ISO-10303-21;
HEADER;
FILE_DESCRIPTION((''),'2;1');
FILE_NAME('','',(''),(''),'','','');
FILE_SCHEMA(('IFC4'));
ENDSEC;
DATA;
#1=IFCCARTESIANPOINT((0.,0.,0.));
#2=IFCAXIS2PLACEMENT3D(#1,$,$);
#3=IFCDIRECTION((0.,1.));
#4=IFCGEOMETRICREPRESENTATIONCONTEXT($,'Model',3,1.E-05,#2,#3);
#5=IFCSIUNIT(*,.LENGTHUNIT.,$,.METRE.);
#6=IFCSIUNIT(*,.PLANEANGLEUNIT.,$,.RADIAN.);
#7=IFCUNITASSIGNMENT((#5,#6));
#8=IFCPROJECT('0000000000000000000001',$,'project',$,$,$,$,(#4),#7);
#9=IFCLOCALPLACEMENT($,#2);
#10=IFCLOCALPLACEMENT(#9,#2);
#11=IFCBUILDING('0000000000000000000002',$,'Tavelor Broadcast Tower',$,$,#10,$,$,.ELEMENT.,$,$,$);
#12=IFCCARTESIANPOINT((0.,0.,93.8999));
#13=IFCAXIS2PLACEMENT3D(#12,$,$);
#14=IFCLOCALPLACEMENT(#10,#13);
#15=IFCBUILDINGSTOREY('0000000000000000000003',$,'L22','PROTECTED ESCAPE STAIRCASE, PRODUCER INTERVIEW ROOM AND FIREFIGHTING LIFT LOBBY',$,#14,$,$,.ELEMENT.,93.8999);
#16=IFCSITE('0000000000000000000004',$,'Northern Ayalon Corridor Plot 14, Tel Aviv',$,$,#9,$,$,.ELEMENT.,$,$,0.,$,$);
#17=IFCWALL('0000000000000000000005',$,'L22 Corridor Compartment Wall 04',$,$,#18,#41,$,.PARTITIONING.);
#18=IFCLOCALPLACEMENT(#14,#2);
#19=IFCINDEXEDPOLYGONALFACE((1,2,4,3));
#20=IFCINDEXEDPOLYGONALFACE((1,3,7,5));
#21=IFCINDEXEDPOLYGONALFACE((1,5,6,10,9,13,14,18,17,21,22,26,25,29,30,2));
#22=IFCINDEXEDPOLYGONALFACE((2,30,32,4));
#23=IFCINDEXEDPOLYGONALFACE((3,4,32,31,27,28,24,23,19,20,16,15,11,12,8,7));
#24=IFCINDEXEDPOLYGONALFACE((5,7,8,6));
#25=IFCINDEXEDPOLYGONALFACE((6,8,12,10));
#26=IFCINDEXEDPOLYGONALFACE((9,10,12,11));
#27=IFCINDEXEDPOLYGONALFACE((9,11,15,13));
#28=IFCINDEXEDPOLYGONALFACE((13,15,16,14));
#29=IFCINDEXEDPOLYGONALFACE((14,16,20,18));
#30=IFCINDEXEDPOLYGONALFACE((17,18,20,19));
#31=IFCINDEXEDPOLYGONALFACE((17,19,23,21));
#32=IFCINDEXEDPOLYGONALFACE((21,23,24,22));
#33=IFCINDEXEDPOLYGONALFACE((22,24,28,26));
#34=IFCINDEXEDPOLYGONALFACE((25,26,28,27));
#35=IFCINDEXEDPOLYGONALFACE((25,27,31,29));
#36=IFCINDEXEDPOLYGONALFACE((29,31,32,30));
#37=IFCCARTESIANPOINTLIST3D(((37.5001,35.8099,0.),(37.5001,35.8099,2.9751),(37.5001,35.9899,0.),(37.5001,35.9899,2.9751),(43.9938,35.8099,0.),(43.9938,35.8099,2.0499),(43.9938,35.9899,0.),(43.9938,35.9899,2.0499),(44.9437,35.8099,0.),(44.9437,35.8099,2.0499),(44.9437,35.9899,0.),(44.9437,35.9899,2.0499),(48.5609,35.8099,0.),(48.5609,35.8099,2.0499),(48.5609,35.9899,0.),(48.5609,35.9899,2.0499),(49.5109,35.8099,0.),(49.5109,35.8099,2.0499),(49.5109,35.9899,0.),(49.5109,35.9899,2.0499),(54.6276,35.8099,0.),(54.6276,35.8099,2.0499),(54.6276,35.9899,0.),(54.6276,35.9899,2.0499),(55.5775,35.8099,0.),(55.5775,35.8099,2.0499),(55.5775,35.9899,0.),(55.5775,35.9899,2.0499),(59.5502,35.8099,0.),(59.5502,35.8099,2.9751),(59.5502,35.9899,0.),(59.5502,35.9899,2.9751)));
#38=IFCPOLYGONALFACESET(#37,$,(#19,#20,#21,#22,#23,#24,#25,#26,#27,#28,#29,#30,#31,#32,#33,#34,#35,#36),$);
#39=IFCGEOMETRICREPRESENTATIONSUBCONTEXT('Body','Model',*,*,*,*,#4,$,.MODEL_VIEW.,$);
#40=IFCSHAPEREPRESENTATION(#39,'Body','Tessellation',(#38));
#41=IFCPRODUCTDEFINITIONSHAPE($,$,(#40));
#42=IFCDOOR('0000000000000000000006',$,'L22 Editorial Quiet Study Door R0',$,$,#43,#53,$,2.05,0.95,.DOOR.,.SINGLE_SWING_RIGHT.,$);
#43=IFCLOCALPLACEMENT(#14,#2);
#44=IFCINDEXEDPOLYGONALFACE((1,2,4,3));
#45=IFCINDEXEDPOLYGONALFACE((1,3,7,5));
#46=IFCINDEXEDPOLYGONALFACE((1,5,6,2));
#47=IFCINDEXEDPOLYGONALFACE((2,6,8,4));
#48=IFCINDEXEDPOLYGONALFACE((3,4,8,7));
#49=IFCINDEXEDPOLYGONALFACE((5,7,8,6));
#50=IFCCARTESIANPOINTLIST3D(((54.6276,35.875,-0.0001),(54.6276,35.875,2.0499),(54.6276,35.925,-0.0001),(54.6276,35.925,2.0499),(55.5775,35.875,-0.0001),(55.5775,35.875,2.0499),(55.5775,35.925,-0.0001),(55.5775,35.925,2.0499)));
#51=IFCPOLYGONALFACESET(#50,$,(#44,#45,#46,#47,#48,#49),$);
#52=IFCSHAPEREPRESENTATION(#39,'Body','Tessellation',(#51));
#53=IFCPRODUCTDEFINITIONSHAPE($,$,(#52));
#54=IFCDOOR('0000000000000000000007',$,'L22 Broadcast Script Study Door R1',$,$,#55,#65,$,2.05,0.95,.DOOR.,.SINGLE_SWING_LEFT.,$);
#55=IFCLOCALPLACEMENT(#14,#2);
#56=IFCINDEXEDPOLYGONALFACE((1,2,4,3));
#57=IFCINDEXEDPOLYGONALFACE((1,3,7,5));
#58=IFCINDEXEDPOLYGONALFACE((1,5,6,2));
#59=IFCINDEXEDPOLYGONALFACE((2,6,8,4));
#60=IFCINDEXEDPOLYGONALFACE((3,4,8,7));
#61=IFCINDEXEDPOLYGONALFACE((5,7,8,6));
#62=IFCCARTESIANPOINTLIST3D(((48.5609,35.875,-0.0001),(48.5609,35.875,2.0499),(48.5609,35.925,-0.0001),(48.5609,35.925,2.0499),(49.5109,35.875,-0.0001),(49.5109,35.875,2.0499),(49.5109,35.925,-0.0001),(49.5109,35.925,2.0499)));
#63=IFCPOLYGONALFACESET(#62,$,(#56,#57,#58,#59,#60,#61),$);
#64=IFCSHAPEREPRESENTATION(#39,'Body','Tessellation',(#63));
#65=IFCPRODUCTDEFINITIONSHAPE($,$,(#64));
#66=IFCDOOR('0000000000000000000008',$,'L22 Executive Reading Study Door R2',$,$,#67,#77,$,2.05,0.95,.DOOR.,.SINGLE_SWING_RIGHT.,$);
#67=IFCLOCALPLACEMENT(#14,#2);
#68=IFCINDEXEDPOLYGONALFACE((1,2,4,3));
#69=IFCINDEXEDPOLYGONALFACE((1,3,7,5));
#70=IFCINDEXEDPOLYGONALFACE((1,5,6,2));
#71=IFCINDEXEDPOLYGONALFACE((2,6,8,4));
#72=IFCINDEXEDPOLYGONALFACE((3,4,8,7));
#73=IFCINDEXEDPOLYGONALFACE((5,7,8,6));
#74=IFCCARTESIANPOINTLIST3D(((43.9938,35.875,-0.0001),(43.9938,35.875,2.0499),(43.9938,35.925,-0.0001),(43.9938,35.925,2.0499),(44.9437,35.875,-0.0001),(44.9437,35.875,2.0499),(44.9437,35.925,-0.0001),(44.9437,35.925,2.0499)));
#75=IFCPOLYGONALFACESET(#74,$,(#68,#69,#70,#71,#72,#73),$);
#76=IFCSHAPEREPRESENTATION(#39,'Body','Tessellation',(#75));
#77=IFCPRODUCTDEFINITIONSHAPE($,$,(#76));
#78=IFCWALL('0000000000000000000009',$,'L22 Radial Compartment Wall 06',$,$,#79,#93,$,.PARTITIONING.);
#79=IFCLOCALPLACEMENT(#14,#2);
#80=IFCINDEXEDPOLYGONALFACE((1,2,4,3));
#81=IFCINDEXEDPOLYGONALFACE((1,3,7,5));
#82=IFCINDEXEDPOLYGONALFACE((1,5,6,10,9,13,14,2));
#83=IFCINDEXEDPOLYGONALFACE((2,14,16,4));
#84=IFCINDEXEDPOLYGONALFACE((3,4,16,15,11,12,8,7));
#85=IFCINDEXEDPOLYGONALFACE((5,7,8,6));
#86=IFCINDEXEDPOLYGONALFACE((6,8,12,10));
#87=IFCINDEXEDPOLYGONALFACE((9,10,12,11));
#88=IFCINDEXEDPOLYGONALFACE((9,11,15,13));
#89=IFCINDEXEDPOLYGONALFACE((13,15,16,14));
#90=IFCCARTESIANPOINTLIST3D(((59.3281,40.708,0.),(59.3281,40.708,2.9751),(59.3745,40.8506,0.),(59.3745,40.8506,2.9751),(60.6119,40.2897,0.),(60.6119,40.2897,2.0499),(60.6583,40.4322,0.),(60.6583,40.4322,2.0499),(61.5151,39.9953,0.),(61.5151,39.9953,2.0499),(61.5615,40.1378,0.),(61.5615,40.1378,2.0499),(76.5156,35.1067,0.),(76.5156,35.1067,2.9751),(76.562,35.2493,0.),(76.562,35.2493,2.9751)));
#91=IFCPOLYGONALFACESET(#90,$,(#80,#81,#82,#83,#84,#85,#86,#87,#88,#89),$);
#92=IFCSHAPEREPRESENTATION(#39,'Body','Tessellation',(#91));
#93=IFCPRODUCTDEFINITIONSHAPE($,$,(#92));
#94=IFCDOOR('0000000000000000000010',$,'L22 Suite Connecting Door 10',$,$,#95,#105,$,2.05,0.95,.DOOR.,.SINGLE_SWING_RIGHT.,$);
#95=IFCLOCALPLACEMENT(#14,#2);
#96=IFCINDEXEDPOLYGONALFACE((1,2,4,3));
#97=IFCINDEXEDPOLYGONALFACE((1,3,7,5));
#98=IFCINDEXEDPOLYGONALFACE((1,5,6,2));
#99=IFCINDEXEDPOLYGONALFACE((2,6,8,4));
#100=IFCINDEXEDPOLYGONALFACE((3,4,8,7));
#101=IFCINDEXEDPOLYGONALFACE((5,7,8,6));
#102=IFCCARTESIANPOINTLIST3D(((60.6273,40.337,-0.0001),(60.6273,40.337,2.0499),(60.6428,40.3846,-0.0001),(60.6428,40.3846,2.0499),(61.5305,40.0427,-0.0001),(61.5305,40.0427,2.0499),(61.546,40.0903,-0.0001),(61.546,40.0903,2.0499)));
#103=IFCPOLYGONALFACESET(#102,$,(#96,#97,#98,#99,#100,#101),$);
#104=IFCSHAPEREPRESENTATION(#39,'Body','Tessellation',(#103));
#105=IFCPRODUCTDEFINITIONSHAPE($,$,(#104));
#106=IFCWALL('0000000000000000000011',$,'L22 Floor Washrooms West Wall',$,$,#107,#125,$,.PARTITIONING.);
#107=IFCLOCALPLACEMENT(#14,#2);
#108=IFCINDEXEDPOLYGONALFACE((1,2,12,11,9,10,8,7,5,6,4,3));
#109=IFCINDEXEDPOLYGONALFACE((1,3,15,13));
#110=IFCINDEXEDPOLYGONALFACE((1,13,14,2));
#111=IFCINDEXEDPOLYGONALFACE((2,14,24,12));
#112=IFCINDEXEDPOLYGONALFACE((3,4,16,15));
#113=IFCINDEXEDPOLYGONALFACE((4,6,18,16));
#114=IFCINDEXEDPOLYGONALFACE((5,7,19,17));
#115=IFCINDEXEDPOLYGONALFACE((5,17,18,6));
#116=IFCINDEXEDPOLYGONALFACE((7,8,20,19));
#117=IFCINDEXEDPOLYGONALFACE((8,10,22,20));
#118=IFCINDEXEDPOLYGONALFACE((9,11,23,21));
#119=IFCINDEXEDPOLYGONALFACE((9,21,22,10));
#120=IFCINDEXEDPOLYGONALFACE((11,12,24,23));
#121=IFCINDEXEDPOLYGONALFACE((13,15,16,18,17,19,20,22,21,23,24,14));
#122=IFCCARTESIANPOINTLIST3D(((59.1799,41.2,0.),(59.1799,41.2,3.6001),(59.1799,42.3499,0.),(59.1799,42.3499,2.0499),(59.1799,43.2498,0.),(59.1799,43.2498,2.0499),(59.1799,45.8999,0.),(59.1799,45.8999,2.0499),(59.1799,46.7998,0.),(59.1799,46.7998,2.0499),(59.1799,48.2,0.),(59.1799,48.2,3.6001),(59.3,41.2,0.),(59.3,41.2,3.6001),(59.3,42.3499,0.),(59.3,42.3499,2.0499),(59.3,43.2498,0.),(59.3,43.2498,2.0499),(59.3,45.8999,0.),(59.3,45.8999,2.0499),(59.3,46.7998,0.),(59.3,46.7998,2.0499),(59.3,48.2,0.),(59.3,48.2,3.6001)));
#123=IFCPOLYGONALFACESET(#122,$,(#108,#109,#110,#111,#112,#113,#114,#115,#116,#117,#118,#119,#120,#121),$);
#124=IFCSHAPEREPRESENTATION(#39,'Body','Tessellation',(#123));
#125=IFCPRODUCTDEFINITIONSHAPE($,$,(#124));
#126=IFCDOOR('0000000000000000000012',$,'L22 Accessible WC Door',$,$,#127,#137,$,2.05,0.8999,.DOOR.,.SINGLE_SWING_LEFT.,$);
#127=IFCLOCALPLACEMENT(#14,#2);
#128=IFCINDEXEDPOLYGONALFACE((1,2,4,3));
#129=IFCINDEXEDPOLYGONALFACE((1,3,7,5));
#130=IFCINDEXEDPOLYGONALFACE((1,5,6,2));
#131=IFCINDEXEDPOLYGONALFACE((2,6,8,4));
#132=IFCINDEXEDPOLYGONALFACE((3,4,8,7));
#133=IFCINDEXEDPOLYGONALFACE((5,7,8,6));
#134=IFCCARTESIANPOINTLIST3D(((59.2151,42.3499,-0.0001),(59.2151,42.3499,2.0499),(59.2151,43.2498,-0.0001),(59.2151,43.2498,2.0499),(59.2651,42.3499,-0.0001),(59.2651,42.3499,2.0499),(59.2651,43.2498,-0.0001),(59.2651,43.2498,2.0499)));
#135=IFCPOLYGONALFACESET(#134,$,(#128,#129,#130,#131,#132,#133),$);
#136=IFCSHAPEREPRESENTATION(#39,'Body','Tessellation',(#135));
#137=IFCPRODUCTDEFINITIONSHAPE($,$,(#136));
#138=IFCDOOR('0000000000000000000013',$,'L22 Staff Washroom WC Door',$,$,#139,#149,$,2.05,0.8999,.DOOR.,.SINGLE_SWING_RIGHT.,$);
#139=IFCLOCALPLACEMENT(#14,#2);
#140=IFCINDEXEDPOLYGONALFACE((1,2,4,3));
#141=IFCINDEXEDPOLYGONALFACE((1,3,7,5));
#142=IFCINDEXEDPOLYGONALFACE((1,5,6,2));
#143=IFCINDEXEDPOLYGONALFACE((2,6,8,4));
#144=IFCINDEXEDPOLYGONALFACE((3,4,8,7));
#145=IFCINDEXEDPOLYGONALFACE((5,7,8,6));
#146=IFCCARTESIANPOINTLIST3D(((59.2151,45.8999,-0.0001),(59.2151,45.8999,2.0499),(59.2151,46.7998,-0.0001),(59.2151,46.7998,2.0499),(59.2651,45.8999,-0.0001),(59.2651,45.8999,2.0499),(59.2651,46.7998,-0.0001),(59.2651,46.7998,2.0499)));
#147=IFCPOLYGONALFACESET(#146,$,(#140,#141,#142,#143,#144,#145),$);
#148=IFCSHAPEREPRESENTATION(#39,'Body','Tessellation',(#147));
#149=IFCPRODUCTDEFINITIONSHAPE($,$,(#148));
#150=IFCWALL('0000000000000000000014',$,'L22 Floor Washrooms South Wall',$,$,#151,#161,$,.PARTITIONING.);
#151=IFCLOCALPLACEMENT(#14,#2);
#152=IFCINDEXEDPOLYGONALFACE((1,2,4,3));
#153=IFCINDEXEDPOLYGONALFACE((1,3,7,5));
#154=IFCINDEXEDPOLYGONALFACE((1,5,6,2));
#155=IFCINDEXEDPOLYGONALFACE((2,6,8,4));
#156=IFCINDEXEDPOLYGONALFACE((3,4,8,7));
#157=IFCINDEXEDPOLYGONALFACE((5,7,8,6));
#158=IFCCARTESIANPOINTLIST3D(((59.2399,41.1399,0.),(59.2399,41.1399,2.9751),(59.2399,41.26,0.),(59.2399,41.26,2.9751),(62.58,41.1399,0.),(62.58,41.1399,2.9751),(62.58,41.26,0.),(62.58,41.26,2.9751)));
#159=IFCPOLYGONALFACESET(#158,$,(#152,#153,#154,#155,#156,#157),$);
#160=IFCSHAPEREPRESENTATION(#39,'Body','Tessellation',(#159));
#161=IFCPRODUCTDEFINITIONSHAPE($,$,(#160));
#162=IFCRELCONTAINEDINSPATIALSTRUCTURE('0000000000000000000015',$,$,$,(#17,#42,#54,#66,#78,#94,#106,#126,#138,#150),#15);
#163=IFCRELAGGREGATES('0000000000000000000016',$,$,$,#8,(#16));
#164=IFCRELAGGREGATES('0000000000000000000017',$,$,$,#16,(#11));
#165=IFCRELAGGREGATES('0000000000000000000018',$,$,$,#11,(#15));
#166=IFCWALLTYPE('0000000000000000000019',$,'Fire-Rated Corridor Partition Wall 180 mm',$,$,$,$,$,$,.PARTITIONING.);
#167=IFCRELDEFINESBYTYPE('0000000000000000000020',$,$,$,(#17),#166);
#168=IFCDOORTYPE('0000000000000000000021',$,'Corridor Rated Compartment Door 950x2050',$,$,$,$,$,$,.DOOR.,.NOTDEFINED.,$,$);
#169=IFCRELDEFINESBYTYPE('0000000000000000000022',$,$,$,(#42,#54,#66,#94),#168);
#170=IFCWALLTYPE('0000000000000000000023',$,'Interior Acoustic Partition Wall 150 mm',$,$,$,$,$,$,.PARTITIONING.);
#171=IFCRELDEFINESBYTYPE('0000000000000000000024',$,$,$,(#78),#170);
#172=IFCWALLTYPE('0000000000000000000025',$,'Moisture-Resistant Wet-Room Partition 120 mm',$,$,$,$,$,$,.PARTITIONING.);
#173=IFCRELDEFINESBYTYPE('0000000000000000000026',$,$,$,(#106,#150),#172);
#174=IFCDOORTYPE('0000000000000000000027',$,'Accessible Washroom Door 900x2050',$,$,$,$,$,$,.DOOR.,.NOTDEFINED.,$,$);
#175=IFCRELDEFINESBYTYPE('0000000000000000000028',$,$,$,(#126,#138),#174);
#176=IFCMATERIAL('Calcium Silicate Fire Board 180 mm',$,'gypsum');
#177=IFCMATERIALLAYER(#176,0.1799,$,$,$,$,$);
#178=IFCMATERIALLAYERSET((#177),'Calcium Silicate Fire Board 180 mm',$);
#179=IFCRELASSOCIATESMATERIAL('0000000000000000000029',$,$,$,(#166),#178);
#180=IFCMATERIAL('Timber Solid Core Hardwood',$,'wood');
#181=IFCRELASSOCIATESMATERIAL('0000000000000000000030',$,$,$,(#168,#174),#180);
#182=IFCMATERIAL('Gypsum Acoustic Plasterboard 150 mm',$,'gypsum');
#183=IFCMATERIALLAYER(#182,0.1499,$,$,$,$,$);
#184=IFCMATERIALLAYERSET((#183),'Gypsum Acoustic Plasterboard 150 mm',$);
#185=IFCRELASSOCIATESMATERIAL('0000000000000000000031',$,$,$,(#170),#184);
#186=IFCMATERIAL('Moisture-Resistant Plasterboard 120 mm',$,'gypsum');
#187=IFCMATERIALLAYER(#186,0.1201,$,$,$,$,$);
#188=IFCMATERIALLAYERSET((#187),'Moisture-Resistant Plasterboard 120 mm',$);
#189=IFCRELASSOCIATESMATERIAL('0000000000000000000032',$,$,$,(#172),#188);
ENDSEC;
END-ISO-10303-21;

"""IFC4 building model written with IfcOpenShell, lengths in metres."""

from ifc_helpers import new_model, si_unit, direction, frame, frame_2d, origin, place, context, subcontext, project, spatial, rectangle, extrude, material, layer, layer_set, type_object, element, fill, save


model = new_model("IFC4")

# Units and contexts
model_context = context("Model", 3, precision=1e-05, world=origin(), true_north=direction((0.0, 1.0)))
body_context = subcontext(model_context, "Body", "Model", "MODEL_VIEW")
ifc_project = project(units=[si_unit("LENGTHUNIT", "METRE"), si_unit("PLANEANGLEUNIT", "RADIAN")], contexts=[model_context])

# Site, building, storey
site_placement = place(None, origin())
site = spatial("IfcSite", under=ifc_project, at=site_placement, Name="Northern Ayalon Corridor Plot 14, Tel Aviv", CompositionType="ELEMENT", RefElevation=0.0)
building_placement = place(site_placement, origin())
building = spatial("IfcBuilding", under=site, at=building_placement, Name="Tavelor Broadcast Tower", CompositionType="ELEMENT")
storey_placement = place(building_placement, frame((0.0, 0.0, 93.8999)))
storey = spatial("IfcBuildingStorey", under=building, at=storey_placement, Name="L22", Description="PROTECTED ESCAPE STAIRCASE, PRODUCER INTERVIEW ROOM AND FIREFIGHTING LIFT LOBBY", CompositionType="ELEMENT", Elevation=93.8999)

# Shared definitions
ifc_material_1 = material(Name="Calcium Silicate Fire Board 180 mm", Category="gypsum")
ifc_layer_1 = layer(ifc_material_1, 0.1799)
ifc_layer_set_1 = layer_set([ifc_layer_1], Name="Calcium Silicate Fire Board 180 mm")
wall_type_1 = type_object("IfcWallType", Name="Fire-Rated Corridor Partition Wall 180 mm", PredefinedType="PARTITIONING", material=ifc_layer_set_1)

# Wall, openings, doors
wall_1_placement = place(storey_placement, frame((59.55, 35.8999, 0.0), z_axis=(0.0, 0.0, 1.0), x_axis=(-1.0, 0.0, 0.0)))
wall_1 = element("IfcWall", 1, at=wall_1_placement, inside=storey, type_object=wall_type_1, Name="L22 Corridor Compartment Wall 04", PredefinedType="PARTITIONING", context=body_context, shape_type="SweptSolid", body=[
    extrude(rectangle(XDim=22.05, YDim=0.1799, at=frame_2d((11.0249, 0.0))), origin(), (0.0, 0.0, 1.0), 2.9751),
])
opening_1_placement = place(wall_1_placement, frame((3.9724, 0.0, 0.0)))
opening_1 = element("IfcOpeningElement", 2, at=opening_1_placement, cuts=wall_1, PredefinedType="OPENING", context=body_context, shape_type="SweptSolid", body=[
    extrude(rectangle(XDim=0.95, YDim=2.05, at=frame_2d((0.4751, 1.0249))), frame((0.0, 0.1001, 0.0), z_axis=(0.0, -1.0, 0.0), x_axis=(1.0, 0.0, 0.0)), (0.0, 0.0, 1.0), 0.2),
])
opening_2_placement = place(wall_1_placement, frame((10.0391, 0.0, 0.0)))
opening_2 = element("IfcOpeningElement", 3, at=opening_2_placement, cuts=wall_1, PredefinedType="OPENING", context=body_context, shape_type="SweptSolid", body=[
    extrude(rectangle(XDim=0.95, YDim=2.05, at=frame_2d((0.4751, 1.0249))), frame((0.0, 0.1001, 0.0), z_axis=(0.0, -1.0, 0.0), x_axis=(1.0, 0.0, 0.0)), (0.0, 0.0, 1.0), 0.2),
])
opening_3_placement = place(wall_1_placement, frame((14.6062, 0.0, 0.0)))
opening_3 = element("IfcOpeningElement", 4, at=opening_3_placement, cuts=wall_1, PredefinedType="OPENING", context=body_context, shape_type="SweptSolid", body=[
    extrude(rectangle(XDim=0.95, YDim=2.05, at=frame_2d((0.4751, 1.0249))), frame((0.0, 0.1001, 0.0), z_axis=(0.0, -1.0, 0.0), x_axis=(1.0, 0.0, 0.0)), (0.0, 0.0, 1.0), 0.2),
])
ifc_material_2 = material(Name="Timber Solid Core Hardwood", Category="wood")
door_type_1 = type_object("IfcDoorType", Name="Corridor Rated Compartment Door 950x2050", OperationType="NOTDEFINED", PredefinedType="DOOR", material=ifc_material_2)
door_1_placement = place(opening_1_placement, origin())
door_1 = element("IfcDoor", 5, at=door_1_placement, inside=storey, type_object=door_type_1, Name="L22 Editorial Quiet Study Door R0", OperationType="SINGLE_SWING_RIGHT", OverallHeight=2.05, OverallWidth=0.95, PredefinedType="DOOR", context=body_context, shape_type="SweptSolid", body=[
    extrude(rectangle(XDim=0.95, YDim=2.05, at=frame_2d((0.4751, 1.0249))), frame((0.0, 0.0249, 0.0), z_axis=(0.0, -1.0, 0.0), x_axis=(1.0, 0.0, 0.0)), (0.0, 0.0, 1.0), 0.05),
])
fill(opening_1, door_1)
door_2_placement = place(opening_2_placement, origin())
door_2 = element("IfcDoor", 6, at=door_2_placement, inside=storey, type_object=door_type_1, Name="L22 Broadcast Script Study Door R1", OperationType="SINGLE_SWING_LEFT", OverallHeight=2.05, OverallWidth=0.95, PredefinedType="DOOR", context=body_context, shape_type="SweptSolid", body=[
    extrude(rectangle(XDim=0.95, YDim=2.05, at=frame_2d((0.4751, 1.0249))), frame((0.0, 0.0249, 0.0), z_axis=(0.0, -1.0, 0.0), x_axis=(1.0, 0.0, 0.0)), (0.0, 0.0, 1.0), 0.05),
])
fill(opening_2, door_2)
door_3_placement = place(opening_3_placement, origin())
door_3 = element("IfcDoor", 7, at=door_3_placement, inside=storey, type_object=door_type_1, Name="L22 Executive Reading Study Door R2", OperationType="SINGLE_SWING_RIGHT", OverallHeight=2.05, OverallWidth=0.95, PredefinedType="DOOR", context=body_context, shape_type="SweptSolid", body=[
    extrude(rectangle(XDim=0.95, YDim=2.05, at=frame_2d((0.4751, 1.0249))), frame((0.0, 0.0249, 0.0), z_axis=(0.0, -1.0, 0.0), x_axis=(1.0, 0.0, 0.0)), (0.0, 0.0, 1.0), 0.05),
])
fill(opening_3, door_3)

# Wall, opening, door
ifc_material_3 = material(Name="Gypsum Acoustic Plasterboard 150 mm", Category="gypsum")
ifc_layer_2 = layer(ifc_material_3, 0.1499)
ifc_layer_set_2 = layer_set([ifc_layer_2], Name="Gypsum Acoustic Plasterboard 150 mm")
wall_type_2 = type_object("IfcWallType", Name="Interior Acoustic Partition Wall 150 mm", PredefinedType="PARTITIONING", material=ifc_layer_set_2)
wall_2_placement = place(storey_placement, frame((59.3513, 40.7793, 0.0), z_axis=(0.0, 0.0, 1.0), x_axis=(0.950784, -0.309856, 0.0)))
wall_2 = element("IfcWall", 8, at=wall_2_placement, inside=storey, type_object=wall_type_2, Name="L22 Radial Compartment Wall 06", PredefinedType="PARTITIONING", context=body_context, shape_type="SweptSolid", body=[
    extrude(rectangle(XDim=18.0771, YDim=0.1499, at=frame_2d((9.0386, 0.0))), origin(), (0.0, 0.0, 1.0), 2.9751),
])
opening_4_placement = place(wall_2_placement, frame((1.3501, 0.0, 0.0)))
opening_4 = element("IfcOpeningElement", 9, at=opening_4_placement, cuts=wall_2, PredefinedType="OPENING", context=body_context, shape_type="SweptSolid", body=[
    extrude(rectangle(XDim=0.95, YDim=2.05, at=frame_2d((0.4751, 1.0249))), frame((0.0, 0.085, 0.0), z_axis=(0.0, -1.0, 0.0), x_axis=(1.0, 0.0, 0.0)), (0.0, 0.0, 1.0), 0.1699),
])
door_4_placement = place(opening_4_placement, origin())
door_4 = element("IfcDoor", 10, at=door_4_placement, inside=storey, type_object=door_type_1, Name="L22 Suite Connecting Door 10", OperationType="SINGLE_SWING_RIGHT", OverallHeight=2.05, OverallWidth=0.95, PredefinedType="DOOR", context=body_context, shape_type="SweptSolid", body=[
    extrude(rectangle(XDim=0.95, YDim=2.05, at=frame_2d((0.4751, 1.0249))), frame((0.0, 0.0249, 0.0), z_axis=(0.0, -1.0, 0.0), x_axis=(1.0, 0.0, 0.0)), (0.0, 0.0, 1.0), 0.05),
])
fill(opening_4, door_4)

# Wall, openings, doors
ifc_material_4 = material(Name="Moisture-Resistant Plasterboard 120 mm", Category="gypsum")
ifc_layer_3 = layer(ifc_material_4, 0.1201)
ifc_layer_set_3 = layer_set([ifc_layer_3], Name="Moisture-Resistant Plasterboard 120 mm")
wall_type_3 = type_object("IfcWallType", Name="Moisture-Resistant Wet-Room Partition 120 mm", PredefinedType="PARTITIONING", material=ifc_layer_set_3)
wall_3_placement = place(storey_placement, frame((59.24, 41.2, 0.0), z_axis=(0.0, 0.0, 1.0), x_axis=(0.0, 1.0, 0.0)))
wall_3 = element("IfcWall", 11, at=wall_3_placement, inside=storey, type_object=wall_type_3, Name="L22 Floor Washrooms West Wall", PredefinedType="PARTITIONING", context=body_context, shape_type="SweptSolid", body=[
    extrude(rectangle(XDim=7.0, YDim=0.1201, at=frame_2d((3.5, 0.0))), origin(), (0.0, 0.0, 1.0), 3.6001),
])
opening_5_placement = place(wall_3_placement, frame((1.1499, 0.0, 0.0)))
opening_5 = element("IfcOpeningElement", 12, at=opening_5_placement, cuts=wall_3, PredefinedType="OPENING", context=body_context, shape_type="SweptSolid", body=[
    extrude(rectangle(XDim=0.8999, YDim=2.05, at=frame_2d((0.45, 1.0249))), frame((0.0, 0.0701, 0.0), z_axis=(0.0, -1.0, 0.0), x_axis=(1.0, 0.0, 0.0)), (0.0, 0.0, 1.0), 0.1401),
])
opening_6_placement = place(wall_3_placement, frame((4.7, 0.0, 0.0)))
opening_6 = element("IfcOpeningElement", 13, at=opening_6_placement, cuts=wall_3, PredefinedType="OPENING", context=body_context, shape_type="SweptSolid", body=[
    extrude(rectangle(XDim=0.8999, YDim=2.05, at=frame_2d((0.45, 1.0249))), frame((0.0, 0.0701, 0.0), z_axis=(0.0, -1.0, 0.0), x_axis=(1.0, 0.0, 0.0)), (0.0, 0.0, 1.0), 0.1401),
])
door_type_2 = type_object("IfcDoorType", Name="Accessible Washroom Door 900x2050", OperationType="NOTDEFINED", PredefinedType="DOOR", material=ifc_material_2)
door_5_placement = place(opening_5_placement, origin())
door_5 = element("IfcDoor", 14, at=door_5_placement, inside=storey, type_object=door_type_2, Name="L22 Accessible WC Door", OperationType="SINGLE_SWING_LEFT", OverallHeight=2.05, OverallWidth=0.8999, PredefinedType="DOOR", context=body_context, shape_type="SweptSolid", body=[
    extrude(rectangle(XDim=0.8999, YDim=2.05, at=frame_2d((0.45, 1.0249))), frame((0.0, 0.0249, 0.0), z_axis=(0.0, -1.0, 0.0), x_axis=(1.0, 0.0, 0.0)), (0.0, 0.0, 1.0), 0.05),
])
fill(opening_5, door_5)
door_6_placement = place(opening_6_placement, origin())
door_6 = element("IfcDoor", 15, at=door_6_placement, inside=storey, type_object=door_type_2, Name="L22 Staff Washroom WC Door", OperationType="SINGLE_SWING_RIGHT", OverallHeight=2.05, OverallWidth=0.8999, PredefinedType="DOOR", context=body_context, shape_type="SweptSolid", body=[
    extrude(rectangle(XDim=0.8999, YDim=2.05, at=frame_2d((0.45, 1.0249))), frame((0.0, 0.0249, 0.0), z_axis=(0.0, -1.0, 0.0), x_axis=(1.0, 0.0, 0.0)), (0.0, 0.0, 1.0), 0.05),
])
fill(opening_6, door_6)

# Wall
wall_4_placement = place(storey_placement, frame((59.24, 41.2, 0.0), z_axis=(0.0, 0.0, 1.0), x_axis=(1.0, 0.0, 0.0)))
element("IfcWall", 16, at=wall_4_placement, inside=storey, type_object=wall_type_3, Name="L22 Floor Washrooms South Wall", PredefinedType="PARTITIONING", context=body_context, shape_type="SweptSolid", body=[
    extrude(rectangle(XDim=3.3401, YDim=0.1201, at=frame_2d((1.6699, 0.0))), origin(), (0.0, 0.0, 1.0), 2.9751),
])

save(model, "model.ifc")
